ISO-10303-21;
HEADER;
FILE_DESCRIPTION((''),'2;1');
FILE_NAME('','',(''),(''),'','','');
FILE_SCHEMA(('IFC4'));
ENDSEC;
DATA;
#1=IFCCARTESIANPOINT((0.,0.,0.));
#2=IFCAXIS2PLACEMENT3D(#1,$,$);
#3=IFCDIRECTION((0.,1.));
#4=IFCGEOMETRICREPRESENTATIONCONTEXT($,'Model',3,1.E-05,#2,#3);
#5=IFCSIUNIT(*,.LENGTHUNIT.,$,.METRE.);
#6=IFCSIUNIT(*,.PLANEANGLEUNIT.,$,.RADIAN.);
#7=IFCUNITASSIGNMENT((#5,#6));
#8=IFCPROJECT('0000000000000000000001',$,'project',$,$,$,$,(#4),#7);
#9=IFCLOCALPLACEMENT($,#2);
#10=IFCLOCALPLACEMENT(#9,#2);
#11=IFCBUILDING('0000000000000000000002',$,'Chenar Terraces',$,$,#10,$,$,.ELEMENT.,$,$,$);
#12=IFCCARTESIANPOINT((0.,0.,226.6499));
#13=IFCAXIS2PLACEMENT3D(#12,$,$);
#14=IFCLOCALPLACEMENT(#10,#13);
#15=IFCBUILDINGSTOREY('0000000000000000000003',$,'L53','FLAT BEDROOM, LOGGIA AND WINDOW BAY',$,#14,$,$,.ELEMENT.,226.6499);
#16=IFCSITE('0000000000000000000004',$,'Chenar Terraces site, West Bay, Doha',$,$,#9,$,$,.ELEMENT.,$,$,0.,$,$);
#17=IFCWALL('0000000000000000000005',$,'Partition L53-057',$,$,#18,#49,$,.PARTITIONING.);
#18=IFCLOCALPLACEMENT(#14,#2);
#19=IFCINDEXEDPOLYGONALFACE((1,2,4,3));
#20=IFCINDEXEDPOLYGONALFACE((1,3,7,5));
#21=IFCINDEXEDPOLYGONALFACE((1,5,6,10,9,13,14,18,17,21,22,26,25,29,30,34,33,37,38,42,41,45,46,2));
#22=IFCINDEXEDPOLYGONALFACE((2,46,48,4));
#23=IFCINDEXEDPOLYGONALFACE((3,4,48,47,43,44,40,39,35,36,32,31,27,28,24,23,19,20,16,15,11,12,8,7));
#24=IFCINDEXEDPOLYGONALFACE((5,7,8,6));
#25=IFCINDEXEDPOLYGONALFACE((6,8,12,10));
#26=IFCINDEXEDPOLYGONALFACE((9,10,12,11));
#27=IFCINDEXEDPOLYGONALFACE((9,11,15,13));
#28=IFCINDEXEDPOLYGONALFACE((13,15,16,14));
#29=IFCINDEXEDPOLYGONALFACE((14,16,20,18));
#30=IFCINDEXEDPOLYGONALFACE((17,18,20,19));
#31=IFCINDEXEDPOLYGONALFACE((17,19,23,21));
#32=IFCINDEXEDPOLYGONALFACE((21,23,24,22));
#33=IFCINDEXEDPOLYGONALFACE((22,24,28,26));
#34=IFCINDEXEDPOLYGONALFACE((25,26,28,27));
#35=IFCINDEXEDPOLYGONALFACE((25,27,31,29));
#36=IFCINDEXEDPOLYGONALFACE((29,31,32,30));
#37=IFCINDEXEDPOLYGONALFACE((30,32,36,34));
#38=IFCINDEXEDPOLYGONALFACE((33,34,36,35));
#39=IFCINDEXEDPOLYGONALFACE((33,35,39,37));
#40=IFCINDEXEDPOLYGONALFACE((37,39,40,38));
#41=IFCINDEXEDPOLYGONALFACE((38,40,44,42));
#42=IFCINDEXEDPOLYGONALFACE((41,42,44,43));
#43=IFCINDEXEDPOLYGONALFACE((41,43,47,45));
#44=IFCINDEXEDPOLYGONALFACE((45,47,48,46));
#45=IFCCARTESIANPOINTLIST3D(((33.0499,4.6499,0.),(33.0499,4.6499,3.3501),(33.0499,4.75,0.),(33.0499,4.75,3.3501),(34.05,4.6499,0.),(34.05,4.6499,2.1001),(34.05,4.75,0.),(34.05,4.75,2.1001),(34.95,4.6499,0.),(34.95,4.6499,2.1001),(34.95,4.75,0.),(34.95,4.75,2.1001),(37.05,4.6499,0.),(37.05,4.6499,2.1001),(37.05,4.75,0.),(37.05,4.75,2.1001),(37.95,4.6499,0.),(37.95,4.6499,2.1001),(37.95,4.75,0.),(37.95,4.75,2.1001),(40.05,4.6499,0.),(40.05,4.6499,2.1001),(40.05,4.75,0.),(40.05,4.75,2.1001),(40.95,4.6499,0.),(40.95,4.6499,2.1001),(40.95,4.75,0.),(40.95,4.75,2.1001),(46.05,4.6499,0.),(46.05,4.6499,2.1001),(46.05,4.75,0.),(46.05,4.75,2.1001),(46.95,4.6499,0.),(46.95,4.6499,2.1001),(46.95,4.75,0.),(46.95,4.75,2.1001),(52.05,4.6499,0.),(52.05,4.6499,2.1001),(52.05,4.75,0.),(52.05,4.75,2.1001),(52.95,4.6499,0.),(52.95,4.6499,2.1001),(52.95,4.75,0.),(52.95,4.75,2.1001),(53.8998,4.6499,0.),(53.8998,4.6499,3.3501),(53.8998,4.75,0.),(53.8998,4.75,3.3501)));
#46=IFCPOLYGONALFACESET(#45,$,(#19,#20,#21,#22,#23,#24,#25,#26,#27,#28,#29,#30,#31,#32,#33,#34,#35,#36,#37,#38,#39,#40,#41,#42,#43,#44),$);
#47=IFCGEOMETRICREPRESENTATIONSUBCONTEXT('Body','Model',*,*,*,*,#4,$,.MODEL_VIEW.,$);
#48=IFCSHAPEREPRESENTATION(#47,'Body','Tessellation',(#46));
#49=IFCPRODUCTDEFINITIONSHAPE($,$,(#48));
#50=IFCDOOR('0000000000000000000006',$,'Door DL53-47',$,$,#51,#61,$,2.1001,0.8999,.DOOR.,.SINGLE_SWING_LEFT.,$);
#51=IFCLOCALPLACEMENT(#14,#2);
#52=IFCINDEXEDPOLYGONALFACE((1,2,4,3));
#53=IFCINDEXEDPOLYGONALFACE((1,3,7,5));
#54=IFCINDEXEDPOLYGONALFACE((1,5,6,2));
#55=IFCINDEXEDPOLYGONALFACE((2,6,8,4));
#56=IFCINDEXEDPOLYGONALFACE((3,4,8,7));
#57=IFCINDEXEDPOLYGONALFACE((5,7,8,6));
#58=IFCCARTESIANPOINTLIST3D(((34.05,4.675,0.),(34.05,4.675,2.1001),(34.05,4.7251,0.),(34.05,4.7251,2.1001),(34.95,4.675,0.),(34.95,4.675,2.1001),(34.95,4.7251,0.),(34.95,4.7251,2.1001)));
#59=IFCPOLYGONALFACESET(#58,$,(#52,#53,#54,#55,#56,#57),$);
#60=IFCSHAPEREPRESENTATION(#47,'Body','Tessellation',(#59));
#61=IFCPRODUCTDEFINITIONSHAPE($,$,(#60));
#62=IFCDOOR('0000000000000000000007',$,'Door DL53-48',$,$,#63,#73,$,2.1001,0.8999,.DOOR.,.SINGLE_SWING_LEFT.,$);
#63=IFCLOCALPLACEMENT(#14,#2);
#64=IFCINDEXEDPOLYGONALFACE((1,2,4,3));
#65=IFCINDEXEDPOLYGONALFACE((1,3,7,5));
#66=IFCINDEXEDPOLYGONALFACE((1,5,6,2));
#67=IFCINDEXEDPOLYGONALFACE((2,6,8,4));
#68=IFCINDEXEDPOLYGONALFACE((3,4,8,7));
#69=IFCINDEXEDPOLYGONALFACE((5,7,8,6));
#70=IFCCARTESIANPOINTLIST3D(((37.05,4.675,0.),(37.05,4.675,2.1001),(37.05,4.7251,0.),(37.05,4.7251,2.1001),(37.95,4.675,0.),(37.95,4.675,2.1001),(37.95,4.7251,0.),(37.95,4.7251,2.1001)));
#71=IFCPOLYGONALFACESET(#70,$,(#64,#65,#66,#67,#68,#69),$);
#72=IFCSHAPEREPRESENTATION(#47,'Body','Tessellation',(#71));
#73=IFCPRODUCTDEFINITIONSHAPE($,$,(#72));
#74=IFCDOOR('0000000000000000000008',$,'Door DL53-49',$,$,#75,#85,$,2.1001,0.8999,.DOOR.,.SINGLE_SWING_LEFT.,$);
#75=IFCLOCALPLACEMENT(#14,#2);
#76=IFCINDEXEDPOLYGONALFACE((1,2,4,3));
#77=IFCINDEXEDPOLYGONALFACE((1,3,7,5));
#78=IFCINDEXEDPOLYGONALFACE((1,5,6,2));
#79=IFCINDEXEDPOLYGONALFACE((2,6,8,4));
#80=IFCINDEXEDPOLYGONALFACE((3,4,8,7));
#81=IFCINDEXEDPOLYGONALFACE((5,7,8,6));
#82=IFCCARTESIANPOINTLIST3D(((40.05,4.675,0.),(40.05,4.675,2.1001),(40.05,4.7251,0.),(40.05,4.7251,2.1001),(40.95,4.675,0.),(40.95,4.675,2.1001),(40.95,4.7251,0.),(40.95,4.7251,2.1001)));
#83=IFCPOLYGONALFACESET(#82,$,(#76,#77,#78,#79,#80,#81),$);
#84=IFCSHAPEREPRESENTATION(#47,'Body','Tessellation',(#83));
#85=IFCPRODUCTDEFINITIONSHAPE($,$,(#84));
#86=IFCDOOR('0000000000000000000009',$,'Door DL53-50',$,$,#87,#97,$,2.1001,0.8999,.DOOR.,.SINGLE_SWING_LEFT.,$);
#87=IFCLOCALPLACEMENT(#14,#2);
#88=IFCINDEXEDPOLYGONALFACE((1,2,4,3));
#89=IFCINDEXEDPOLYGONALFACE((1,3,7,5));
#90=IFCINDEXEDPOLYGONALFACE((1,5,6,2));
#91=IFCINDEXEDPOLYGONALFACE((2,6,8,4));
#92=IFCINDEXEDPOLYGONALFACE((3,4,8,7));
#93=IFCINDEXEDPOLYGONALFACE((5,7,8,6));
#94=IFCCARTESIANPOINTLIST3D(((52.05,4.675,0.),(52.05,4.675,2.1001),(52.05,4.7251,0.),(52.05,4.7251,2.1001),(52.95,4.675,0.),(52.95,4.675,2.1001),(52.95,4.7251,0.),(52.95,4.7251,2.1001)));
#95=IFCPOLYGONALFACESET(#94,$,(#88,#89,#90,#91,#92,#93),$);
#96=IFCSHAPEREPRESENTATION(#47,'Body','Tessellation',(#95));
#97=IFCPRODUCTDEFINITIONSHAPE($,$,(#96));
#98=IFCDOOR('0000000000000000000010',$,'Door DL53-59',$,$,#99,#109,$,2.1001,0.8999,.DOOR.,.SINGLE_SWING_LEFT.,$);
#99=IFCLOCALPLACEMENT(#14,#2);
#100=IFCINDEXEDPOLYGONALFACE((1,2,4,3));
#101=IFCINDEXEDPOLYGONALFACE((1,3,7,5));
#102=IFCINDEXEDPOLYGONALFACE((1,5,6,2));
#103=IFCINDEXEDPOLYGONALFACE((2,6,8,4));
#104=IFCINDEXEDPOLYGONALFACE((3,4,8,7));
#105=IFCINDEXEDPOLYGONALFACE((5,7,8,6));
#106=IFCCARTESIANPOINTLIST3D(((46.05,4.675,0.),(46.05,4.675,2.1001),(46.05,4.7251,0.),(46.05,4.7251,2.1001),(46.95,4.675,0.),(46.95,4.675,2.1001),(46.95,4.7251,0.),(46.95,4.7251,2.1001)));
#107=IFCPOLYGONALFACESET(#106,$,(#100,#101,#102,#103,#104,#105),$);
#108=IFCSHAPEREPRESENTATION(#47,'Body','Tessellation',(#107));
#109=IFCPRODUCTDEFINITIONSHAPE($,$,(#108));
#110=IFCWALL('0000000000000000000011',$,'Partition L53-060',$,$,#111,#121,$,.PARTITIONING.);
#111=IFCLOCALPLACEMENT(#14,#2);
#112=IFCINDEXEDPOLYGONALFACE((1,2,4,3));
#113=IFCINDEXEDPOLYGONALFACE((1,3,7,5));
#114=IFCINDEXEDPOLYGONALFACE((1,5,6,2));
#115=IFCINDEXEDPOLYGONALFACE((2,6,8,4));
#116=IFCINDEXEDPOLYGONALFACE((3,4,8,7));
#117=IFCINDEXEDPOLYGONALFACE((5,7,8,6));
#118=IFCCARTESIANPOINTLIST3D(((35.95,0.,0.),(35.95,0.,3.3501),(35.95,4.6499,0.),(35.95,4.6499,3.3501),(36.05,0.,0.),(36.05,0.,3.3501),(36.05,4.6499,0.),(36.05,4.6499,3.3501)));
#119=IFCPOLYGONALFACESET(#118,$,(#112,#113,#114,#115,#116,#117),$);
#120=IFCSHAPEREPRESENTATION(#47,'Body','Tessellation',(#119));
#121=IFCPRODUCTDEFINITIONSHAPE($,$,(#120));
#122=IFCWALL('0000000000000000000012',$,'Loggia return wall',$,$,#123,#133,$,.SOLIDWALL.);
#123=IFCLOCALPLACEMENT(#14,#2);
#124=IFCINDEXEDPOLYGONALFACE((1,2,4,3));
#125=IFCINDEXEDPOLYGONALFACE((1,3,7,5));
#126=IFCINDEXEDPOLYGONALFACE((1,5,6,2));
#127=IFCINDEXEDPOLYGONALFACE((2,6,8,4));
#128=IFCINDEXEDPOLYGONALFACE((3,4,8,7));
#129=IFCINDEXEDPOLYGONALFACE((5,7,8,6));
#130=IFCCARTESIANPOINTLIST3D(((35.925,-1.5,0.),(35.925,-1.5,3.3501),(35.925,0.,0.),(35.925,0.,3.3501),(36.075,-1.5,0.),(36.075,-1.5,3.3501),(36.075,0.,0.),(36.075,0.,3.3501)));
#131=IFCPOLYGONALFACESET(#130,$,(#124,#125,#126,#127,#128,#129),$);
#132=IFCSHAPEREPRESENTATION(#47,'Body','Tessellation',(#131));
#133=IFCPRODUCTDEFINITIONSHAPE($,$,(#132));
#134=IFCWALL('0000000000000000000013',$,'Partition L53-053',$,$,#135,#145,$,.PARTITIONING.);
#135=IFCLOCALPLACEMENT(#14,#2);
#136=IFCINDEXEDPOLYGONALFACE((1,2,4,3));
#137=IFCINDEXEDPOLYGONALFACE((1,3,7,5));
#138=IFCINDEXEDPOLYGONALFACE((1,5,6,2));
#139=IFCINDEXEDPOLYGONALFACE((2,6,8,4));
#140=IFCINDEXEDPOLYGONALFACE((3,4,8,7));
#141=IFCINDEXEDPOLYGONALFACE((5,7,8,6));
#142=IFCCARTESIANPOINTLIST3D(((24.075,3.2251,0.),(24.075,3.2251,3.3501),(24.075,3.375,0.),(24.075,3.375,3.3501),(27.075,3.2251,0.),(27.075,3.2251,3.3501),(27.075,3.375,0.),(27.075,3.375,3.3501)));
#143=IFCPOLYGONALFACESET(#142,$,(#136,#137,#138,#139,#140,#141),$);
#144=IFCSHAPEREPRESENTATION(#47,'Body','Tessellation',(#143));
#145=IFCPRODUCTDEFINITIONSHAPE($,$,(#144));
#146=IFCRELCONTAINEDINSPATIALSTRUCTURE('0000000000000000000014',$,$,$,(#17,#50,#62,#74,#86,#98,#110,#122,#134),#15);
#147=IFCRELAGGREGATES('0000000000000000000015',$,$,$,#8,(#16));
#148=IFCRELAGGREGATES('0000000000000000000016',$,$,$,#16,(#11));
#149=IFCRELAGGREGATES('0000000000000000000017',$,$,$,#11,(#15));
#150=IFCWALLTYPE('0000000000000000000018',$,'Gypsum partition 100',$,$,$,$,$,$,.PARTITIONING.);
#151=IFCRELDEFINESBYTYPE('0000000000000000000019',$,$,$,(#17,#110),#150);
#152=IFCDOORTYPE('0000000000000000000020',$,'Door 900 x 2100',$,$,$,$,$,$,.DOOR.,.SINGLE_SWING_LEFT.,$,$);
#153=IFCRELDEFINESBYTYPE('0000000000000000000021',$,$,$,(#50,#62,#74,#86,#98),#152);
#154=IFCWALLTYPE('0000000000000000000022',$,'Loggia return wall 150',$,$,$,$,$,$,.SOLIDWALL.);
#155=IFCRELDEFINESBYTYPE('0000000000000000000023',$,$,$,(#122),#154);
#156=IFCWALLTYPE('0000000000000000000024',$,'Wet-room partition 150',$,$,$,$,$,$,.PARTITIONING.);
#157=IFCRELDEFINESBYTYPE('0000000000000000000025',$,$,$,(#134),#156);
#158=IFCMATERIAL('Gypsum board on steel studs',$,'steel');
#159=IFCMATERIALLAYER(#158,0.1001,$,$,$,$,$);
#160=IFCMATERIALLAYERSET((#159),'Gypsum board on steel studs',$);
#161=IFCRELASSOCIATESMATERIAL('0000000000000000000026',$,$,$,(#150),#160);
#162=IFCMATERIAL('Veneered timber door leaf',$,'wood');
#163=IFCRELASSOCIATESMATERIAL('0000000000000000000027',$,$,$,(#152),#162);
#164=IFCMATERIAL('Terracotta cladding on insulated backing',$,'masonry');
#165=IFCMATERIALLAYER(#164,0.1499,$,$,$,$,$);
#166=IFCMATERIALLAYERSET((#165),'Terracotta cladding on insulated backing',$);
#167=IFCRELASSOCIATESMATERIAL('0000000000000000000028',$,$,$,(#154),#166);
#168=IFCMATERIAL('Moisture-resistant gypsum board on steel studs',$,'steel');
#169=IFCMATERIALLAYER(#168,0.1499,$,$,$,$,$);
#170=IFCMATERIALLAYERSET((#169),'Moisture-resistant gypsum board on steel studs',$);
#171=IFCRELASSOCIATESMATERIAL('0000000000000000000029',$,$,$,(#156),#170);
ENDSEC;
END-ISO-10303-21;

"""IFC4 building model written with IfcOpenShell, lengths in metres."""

from ifc_helpers import new_model, si_unit, direction, frame, frame_2d, origin, place, context, subcontext, project, spatial, rectangle, extrude, material, layer, layer_set, type_object, element, fill, save


model = new_model("IFC4")

# Units and contexts
model_context = context("Model", 3, precision=1e-05, world=origin(), true_north=direction((0.0, 1.0)))
body_context = subcontext(model_context, "Body", "Model", "MODEL_VIEW")
ifc_project = project(units=[si_unit("LENGTHUNIT", "METRE"), si_unit("PLANEANGLEUNIT", "RADIAN")], contexts=[model_context])

# Site, building, storey
site_placement = place(None, origin())
site = spatial("IfcSite", under=ifc_project, at=site_placement, Name="Chenar Terraces site, West Bay, Doha", CompositionType="ELEMENT", RefElevation=0.0)
building_placement = place(site_placement, origin())
building = spatial("IfcBuilding", under=site, at=building_placement, Name="Chenar Terraces", CompositionType="ELEMENT")
storey_placement = place(building_placement, frame((0.0, 0.0, 226.6499)))
storey = spatial("IfcBuildingStorey", under=building, at=storey_placement, Name="L53", Description="FLAT BEDROOM, LOGGIA AND WINDOW BAY", CompositionType="ELEMENT", Elevation=226.6499)

# Shared definitions
ifc_material_1 = material(Name="Gypsum board on steel studs", Category="steel")
ifc_layer_1 = layer(ifc_material_1, 0.1001)
ifc_layer_set_1 = layer_set([ifc_layer_1], Name="Gypsum board on steel studs")
wall_type_1 = type_object("IfcWallType", Name="Gypsum partition 100", PredefinedType="PARTITIONING", material=ifc_layer_set_1)

# Shared definitions
ifc_material_2 = material(Name="Veneered timber door leaf", Category="wood")
door_type_1 = type_object("IfcDoorType", Name="Door 900 x 2100", OperationType="SINGLE_SWING_LEFT", PredefinedType="DOOR", material=ifc_material_2)

# Wall, openings, doors
wall_1_placement = place(storey_placement, frame((33.05, 4.7, 0.0), z_axis=(0.0, 0.0, 1.0), x_axis=(1.0, 0.0, 0.0)))
wall_1 = element("IfcWall", 1, at=wall_1_placement, inside=storey, type_object=wall_type_1, Name="Partition L53-057", PredefinedType="PARTITIONING", context=body_context, shape_type="SweptSolid", body=[
    extrude(rectangle(XDim=20.8499, YDim=0.1001, at=frame_2d((10.4248, 0.0))), origin(), (0.0, 0.0, 1.0), 3.3501),
])
opening_1_placement = place(wall_1_placement, frame((1.0, 0.0, 0.0)))
opening_1 = element("IfcOpeningElement", 2, at=opening_1_placement, cuts=wall_1, PredefinedType="OPENING", context=body_context, shape_type="SweptSolid", body=[
    extrude(rectangle(XDim=0.8999, YDim=2.1001, at=frame_2d((0.45, 1.05))), frame((0.0, 0.0601, 0.0), z_axis=(0.0, -1.0, 0.0), x_axis=(1.0, 0.0, 0.0)), (0.0, 0.0, 1.0), 0.1201),
])
opening_2_placement = place(wall_1_placement, frame((4.0, 0.0, 0.0)))
opening_2 = element("IfcOpeningElement", 3, at=opening_2_placement, cuts=wall_1, PredefinedType="OPENING", context=body_context, shape_type="SweptSolid", body=[
    extrude(rectangle(XDim=0.8999, YDim=2.1001, at=frame_2d((0.45, 1.05))), frame((0.0, 0.0601, 0.0), z_axis=(0.0, -1.0, 0.0), x_axis=(1.0, 0.0, 0.0)), (0.0, 0.0, 1.0), 0.1201),
])
opening_3_placement = place(wall_1_placement, frame((7.0, 0.0, 0.0)))
opening_3 = element("IfcOpeningElement", 4, at=opening_3_placement, cuts=wall_1, PredefinedType="OPENING", context=body_context, shape_type="SweptSolid", body=[
    extrude(rectangle(XDim=0.8999, YDim=2.1001, at=frame_2d((0.45, 1.05))), frame((0.0, 0.0601, 0.0), z_axis=(0.0, -1.0, 0.0), x_axis=(1.0, 0.0, 0.0)), (0.0, 0.0, 1.0), 0.1201),
])
opening_4_placement = place(wall_1_placement, frame((19.0, 0.0, 0.0)))
opening_4 = element("IfcOpeningElement", 5, at=opening_4_placement, cuts=wall_1, PredefinedType="OPENING", context=body_context, shape_type="SweptSolid", body=[
    extrude(rectangle(XDim=0.8999, YDim=2.1001, at=frame_2d((0.45, 1.05))), frame((0.0, 0.0601, 0.0), z_axis=(0.0, -1.0, 0.0), x_axis=(1.0, 0.0, 0.0)), (0.0, 0.0, 1.0), 0.1201),
])
opening_5_placement = place(wall_1_placement, frame((13.0, 0.0, 0.0)))
opening_5 = element("IfcOpeningElement", 6, at=opening_5_placement, cuts=wall_1, PredefinedType="OPENING", context=body_context, shape_type="SweptSolid", body=[
    extrude(rectangle(XDim=0.8999, YDim=2.1001, at=frame_2d((0.45, 1.05))), frame((0.0, 0.0601, 0.0), z_axis=(0.0, -1.0, 0.0), x_axis=(1.0, 0.0, 0.0)), (0.0, 0.0, 1.0), 0.1201),
])
door_1_placement = place(opening_1_placement, frame((0.8999, 0.0, 0.0), z_axis=(0.0, 0.0, 1.0), x_axis=(-1.0, 0.0, 0.0)))
door_1 = element("IfcDoor", 7, at=door_1_placement, inside=storey, type_object=door_type_1, Name="Door DL53-47", OperationType="SINGLE_SWING_LEFT", OverallHeight=2.1001, OverallWidth=0.8999, PredefinedType="DOOR", context=body_context, shape_type="SweptSolid", body=[
    extrude(rectangle(XDim=0.8999, YDim=2.1001, at=frame_2d((0.45, 1.05))), frame((0.0, 0.0249, 0.0), z_axis=(0.0, -1.0, 0.0), x_axis=(1.0, 0.0, 0.0)), (0.0, 0.0, 1.0), 0.05),
])
fill(opening_1, door_1)
door_2_placement = place(opening_2_placement, frame((0.8999, 0.0, 0.0), z_axis=(0.0, 0.0, 1.0), x_axis=(-1.0, 0.0, 0.0)))
door_2 = element("IfcDoor", 8, at=door_2_placement, inside=storey, type_object=door_type_1, Name="Door DL53-48", OperationType="SINGLE_SWING_LEFT", OverallHeight=2.1001, OverallWidth=0.8999, PredefinedType="DOOR", context=body_context, shape_type="SweptSolid", body=[
    extrude(rectangle(XDim=0.8999, YDim=2.1001, at=frame_2d((0.45, 1.05))), frame((0.0, 0.0249, 0.0), z_axis=(0.0, -1.0, 0.0), x_axis=(1.0, 0.0, 0.0)), (0.0, 0.0, 1.0), 0.05),
])
fill(opening_2, door_2)
door_3_placement = place(opening_3_placement, frame((0.8999, 0.0, 0.0), z_axis=(0.0, 0.0, 1.0), x_axis=(-1.0, 0.0, 0.0)))
door_3 = element("IfcDoor", 9, at=door_3_placement, inside=storey, type_object=door_type_1, Name="Door DL53-49", OperationType="SINGLE_SWING_LEFT", OverallHeight=2.1001, OverallWidth=0.8999, PredefinedType="DOOR", context=body_context, shape_type="SweptSolid", body=[
    extrude(rectangle(XDim=0.8999, YDim=2.1001, at=frame_2d((0.45, 1.05))), frame((0.0, 0.0249, 0.0), z_axis=(0.0, -1.0, 0.0), x_axis=(1.0, 0.0, 0.0)), (0.0, 0.0, 1.0), 0.05),
])
fill(opening_3, door_3)
door_4_placement = place(opening_4_placement, frame((0.8999, 0.0, 0.0), z_axis=(0.0, 0.0, 1.0), x_axis=(-1.0, 0.0, 0.0)))
door_4 = element("IfcDoor", 10, at=door_4_placement, inside=storey, type_object=door_type_1, Name="Door DL53-50", OperationType="SINGLE_SWING_LEFT", OverallHeight=2.1001, OverallWidth=0.8999, PredefinedType="DOOR", context=body_context, shape_type="SweptSolid", body=[
    extrude(rectangle(XDim=0.8999, YDim=2.1001, at=frame_2d((0.45, 1.05))), frame((0.0, 0.0249, 0.0), z_axis=(0.0, -1.0, 0.0), x_axis=(1.0, 0.0, 0.0)), (0.0, 0.0, 1.0), 0.05),
])
fill(opening_4, door_4)
door_5_placement = place(opening_5_placement, frame((0.8999, 0.0, 0.0), z_axis=(0.0, 0.0, 1.0), x_axis=(-1.0, 0.0, 0.0)))
door_5 = element("IfcDoor", 11, at=door_5_placement, inside=storey, type_object=door_type_1, Name="Door DL53-59", OperationType="SINGLE_SWING_LEFT", OverallHeight=2.1001, OverallWidth=0.8999, PredefinedType="DOOR", context=body_context, shape_type="SweptSolid", body=[
    extrude(rectangle(XDim=0.8999, YDim=2.1001, at=frame_2d((0.45, 1.05))), frame((0.0, 0.0249, 0.0), z_axis=(0.0, -1.0, 0.0), x_axis=(1.0, 0.0, 0.0)), (0.0, 0.0, 1.0), 0.05),
])
fill(opening_5, door_5)

# Walls
wall_2_placement = place(storey_placement, frame((36.0, 0.0, 0.0), z_axis=(0.0, 0.0, 1.0), x_axis=(0.0, 1.0, 0.0)))
element("IfcWall", 12, at=wall_2_placement, inside=storey, type_object=wall_type_1, Name="Partition L53-060", PredefinedType="PARTITIONING", context=body_context, shape_type="SweptSolid", body=[
    extrude(rectangle(XDim=4.6499, YDim=0.1001, at=frame_2d((2.325, 0.0))), origin(), (0.0, 0.0, 1.0), 3.3501),
])
ifc_material_3 = material(Name="Terracotta cladding on insulated backing", Category="masonry")
ifc_layer_2 = layer(ifc_material_3, 0.1499)
ifc_layer_set_2 = layer_set([ifc_layer_2], Name="Terracotta cladding on insulated backing")
wall_type_2 = type_object("IfcWallType", Name="Loggia return wall 150", PredefinedType="SOLIDWALL", material=ifc_layer_set_2)
wall_3_placement = place(storey_placement, frame((36.0, -1.5, 0.0), z_axis=(0.0, 0.0, 1.0), x_axis=(0.0, 1.0, 0.0)))
element("IfcWall", 13, at=wall_3_placement, inside=storey, type_object=wall_type_2, Name="Loggia return wall", PredefinedType="SOLIDWALL", context=body_context, shape_type="SweptSolid", body=[
    extrude(rectangle(XDim=1.5, YDim=0.1499, at=frame_2d((0.75, 0.0))), origin(), (0.0, 0.0, 1.0), 3.3501),
])
ifc_material_4 = material(Name="Moisture-resistant gypsum board on steel studs", Category="steel")
ifc_layer_3 = layer(ifc_material_4, 0.1499)
ifc_layer_set_3 = layer_set([ifc_layer_3], Name="Moisture-resistant gypsum board on steel studs")
wall_type_3 = type_object("IfcWallType", Name="Wet-room partition 150", PredefinedType="PARTITIONING", material=ifc_layer_set_3)
wall_4_placement = place(storey_placement, frame((24.075, 3.3, 0.0), z_axis=(0.0, 0.0, 1.0), x_axis=(1.0, 0.0, 0.0)))
element("IfcWall", 14, at=wall_4_placement, inside=storey, type_object=wall_type_3, Name="Partition L53-053", PredefinedType="PARTITIONING", context=body_context, shape_type="SweptSolid", body=[
    extrude(rectangle(XDim=3.0, YDim=0.1499, at=frame_2d((1.5, 0.0))), origin(), (0.0, 0.0, 1.0), 3.3501),
])

save(model, "model.ifc")
